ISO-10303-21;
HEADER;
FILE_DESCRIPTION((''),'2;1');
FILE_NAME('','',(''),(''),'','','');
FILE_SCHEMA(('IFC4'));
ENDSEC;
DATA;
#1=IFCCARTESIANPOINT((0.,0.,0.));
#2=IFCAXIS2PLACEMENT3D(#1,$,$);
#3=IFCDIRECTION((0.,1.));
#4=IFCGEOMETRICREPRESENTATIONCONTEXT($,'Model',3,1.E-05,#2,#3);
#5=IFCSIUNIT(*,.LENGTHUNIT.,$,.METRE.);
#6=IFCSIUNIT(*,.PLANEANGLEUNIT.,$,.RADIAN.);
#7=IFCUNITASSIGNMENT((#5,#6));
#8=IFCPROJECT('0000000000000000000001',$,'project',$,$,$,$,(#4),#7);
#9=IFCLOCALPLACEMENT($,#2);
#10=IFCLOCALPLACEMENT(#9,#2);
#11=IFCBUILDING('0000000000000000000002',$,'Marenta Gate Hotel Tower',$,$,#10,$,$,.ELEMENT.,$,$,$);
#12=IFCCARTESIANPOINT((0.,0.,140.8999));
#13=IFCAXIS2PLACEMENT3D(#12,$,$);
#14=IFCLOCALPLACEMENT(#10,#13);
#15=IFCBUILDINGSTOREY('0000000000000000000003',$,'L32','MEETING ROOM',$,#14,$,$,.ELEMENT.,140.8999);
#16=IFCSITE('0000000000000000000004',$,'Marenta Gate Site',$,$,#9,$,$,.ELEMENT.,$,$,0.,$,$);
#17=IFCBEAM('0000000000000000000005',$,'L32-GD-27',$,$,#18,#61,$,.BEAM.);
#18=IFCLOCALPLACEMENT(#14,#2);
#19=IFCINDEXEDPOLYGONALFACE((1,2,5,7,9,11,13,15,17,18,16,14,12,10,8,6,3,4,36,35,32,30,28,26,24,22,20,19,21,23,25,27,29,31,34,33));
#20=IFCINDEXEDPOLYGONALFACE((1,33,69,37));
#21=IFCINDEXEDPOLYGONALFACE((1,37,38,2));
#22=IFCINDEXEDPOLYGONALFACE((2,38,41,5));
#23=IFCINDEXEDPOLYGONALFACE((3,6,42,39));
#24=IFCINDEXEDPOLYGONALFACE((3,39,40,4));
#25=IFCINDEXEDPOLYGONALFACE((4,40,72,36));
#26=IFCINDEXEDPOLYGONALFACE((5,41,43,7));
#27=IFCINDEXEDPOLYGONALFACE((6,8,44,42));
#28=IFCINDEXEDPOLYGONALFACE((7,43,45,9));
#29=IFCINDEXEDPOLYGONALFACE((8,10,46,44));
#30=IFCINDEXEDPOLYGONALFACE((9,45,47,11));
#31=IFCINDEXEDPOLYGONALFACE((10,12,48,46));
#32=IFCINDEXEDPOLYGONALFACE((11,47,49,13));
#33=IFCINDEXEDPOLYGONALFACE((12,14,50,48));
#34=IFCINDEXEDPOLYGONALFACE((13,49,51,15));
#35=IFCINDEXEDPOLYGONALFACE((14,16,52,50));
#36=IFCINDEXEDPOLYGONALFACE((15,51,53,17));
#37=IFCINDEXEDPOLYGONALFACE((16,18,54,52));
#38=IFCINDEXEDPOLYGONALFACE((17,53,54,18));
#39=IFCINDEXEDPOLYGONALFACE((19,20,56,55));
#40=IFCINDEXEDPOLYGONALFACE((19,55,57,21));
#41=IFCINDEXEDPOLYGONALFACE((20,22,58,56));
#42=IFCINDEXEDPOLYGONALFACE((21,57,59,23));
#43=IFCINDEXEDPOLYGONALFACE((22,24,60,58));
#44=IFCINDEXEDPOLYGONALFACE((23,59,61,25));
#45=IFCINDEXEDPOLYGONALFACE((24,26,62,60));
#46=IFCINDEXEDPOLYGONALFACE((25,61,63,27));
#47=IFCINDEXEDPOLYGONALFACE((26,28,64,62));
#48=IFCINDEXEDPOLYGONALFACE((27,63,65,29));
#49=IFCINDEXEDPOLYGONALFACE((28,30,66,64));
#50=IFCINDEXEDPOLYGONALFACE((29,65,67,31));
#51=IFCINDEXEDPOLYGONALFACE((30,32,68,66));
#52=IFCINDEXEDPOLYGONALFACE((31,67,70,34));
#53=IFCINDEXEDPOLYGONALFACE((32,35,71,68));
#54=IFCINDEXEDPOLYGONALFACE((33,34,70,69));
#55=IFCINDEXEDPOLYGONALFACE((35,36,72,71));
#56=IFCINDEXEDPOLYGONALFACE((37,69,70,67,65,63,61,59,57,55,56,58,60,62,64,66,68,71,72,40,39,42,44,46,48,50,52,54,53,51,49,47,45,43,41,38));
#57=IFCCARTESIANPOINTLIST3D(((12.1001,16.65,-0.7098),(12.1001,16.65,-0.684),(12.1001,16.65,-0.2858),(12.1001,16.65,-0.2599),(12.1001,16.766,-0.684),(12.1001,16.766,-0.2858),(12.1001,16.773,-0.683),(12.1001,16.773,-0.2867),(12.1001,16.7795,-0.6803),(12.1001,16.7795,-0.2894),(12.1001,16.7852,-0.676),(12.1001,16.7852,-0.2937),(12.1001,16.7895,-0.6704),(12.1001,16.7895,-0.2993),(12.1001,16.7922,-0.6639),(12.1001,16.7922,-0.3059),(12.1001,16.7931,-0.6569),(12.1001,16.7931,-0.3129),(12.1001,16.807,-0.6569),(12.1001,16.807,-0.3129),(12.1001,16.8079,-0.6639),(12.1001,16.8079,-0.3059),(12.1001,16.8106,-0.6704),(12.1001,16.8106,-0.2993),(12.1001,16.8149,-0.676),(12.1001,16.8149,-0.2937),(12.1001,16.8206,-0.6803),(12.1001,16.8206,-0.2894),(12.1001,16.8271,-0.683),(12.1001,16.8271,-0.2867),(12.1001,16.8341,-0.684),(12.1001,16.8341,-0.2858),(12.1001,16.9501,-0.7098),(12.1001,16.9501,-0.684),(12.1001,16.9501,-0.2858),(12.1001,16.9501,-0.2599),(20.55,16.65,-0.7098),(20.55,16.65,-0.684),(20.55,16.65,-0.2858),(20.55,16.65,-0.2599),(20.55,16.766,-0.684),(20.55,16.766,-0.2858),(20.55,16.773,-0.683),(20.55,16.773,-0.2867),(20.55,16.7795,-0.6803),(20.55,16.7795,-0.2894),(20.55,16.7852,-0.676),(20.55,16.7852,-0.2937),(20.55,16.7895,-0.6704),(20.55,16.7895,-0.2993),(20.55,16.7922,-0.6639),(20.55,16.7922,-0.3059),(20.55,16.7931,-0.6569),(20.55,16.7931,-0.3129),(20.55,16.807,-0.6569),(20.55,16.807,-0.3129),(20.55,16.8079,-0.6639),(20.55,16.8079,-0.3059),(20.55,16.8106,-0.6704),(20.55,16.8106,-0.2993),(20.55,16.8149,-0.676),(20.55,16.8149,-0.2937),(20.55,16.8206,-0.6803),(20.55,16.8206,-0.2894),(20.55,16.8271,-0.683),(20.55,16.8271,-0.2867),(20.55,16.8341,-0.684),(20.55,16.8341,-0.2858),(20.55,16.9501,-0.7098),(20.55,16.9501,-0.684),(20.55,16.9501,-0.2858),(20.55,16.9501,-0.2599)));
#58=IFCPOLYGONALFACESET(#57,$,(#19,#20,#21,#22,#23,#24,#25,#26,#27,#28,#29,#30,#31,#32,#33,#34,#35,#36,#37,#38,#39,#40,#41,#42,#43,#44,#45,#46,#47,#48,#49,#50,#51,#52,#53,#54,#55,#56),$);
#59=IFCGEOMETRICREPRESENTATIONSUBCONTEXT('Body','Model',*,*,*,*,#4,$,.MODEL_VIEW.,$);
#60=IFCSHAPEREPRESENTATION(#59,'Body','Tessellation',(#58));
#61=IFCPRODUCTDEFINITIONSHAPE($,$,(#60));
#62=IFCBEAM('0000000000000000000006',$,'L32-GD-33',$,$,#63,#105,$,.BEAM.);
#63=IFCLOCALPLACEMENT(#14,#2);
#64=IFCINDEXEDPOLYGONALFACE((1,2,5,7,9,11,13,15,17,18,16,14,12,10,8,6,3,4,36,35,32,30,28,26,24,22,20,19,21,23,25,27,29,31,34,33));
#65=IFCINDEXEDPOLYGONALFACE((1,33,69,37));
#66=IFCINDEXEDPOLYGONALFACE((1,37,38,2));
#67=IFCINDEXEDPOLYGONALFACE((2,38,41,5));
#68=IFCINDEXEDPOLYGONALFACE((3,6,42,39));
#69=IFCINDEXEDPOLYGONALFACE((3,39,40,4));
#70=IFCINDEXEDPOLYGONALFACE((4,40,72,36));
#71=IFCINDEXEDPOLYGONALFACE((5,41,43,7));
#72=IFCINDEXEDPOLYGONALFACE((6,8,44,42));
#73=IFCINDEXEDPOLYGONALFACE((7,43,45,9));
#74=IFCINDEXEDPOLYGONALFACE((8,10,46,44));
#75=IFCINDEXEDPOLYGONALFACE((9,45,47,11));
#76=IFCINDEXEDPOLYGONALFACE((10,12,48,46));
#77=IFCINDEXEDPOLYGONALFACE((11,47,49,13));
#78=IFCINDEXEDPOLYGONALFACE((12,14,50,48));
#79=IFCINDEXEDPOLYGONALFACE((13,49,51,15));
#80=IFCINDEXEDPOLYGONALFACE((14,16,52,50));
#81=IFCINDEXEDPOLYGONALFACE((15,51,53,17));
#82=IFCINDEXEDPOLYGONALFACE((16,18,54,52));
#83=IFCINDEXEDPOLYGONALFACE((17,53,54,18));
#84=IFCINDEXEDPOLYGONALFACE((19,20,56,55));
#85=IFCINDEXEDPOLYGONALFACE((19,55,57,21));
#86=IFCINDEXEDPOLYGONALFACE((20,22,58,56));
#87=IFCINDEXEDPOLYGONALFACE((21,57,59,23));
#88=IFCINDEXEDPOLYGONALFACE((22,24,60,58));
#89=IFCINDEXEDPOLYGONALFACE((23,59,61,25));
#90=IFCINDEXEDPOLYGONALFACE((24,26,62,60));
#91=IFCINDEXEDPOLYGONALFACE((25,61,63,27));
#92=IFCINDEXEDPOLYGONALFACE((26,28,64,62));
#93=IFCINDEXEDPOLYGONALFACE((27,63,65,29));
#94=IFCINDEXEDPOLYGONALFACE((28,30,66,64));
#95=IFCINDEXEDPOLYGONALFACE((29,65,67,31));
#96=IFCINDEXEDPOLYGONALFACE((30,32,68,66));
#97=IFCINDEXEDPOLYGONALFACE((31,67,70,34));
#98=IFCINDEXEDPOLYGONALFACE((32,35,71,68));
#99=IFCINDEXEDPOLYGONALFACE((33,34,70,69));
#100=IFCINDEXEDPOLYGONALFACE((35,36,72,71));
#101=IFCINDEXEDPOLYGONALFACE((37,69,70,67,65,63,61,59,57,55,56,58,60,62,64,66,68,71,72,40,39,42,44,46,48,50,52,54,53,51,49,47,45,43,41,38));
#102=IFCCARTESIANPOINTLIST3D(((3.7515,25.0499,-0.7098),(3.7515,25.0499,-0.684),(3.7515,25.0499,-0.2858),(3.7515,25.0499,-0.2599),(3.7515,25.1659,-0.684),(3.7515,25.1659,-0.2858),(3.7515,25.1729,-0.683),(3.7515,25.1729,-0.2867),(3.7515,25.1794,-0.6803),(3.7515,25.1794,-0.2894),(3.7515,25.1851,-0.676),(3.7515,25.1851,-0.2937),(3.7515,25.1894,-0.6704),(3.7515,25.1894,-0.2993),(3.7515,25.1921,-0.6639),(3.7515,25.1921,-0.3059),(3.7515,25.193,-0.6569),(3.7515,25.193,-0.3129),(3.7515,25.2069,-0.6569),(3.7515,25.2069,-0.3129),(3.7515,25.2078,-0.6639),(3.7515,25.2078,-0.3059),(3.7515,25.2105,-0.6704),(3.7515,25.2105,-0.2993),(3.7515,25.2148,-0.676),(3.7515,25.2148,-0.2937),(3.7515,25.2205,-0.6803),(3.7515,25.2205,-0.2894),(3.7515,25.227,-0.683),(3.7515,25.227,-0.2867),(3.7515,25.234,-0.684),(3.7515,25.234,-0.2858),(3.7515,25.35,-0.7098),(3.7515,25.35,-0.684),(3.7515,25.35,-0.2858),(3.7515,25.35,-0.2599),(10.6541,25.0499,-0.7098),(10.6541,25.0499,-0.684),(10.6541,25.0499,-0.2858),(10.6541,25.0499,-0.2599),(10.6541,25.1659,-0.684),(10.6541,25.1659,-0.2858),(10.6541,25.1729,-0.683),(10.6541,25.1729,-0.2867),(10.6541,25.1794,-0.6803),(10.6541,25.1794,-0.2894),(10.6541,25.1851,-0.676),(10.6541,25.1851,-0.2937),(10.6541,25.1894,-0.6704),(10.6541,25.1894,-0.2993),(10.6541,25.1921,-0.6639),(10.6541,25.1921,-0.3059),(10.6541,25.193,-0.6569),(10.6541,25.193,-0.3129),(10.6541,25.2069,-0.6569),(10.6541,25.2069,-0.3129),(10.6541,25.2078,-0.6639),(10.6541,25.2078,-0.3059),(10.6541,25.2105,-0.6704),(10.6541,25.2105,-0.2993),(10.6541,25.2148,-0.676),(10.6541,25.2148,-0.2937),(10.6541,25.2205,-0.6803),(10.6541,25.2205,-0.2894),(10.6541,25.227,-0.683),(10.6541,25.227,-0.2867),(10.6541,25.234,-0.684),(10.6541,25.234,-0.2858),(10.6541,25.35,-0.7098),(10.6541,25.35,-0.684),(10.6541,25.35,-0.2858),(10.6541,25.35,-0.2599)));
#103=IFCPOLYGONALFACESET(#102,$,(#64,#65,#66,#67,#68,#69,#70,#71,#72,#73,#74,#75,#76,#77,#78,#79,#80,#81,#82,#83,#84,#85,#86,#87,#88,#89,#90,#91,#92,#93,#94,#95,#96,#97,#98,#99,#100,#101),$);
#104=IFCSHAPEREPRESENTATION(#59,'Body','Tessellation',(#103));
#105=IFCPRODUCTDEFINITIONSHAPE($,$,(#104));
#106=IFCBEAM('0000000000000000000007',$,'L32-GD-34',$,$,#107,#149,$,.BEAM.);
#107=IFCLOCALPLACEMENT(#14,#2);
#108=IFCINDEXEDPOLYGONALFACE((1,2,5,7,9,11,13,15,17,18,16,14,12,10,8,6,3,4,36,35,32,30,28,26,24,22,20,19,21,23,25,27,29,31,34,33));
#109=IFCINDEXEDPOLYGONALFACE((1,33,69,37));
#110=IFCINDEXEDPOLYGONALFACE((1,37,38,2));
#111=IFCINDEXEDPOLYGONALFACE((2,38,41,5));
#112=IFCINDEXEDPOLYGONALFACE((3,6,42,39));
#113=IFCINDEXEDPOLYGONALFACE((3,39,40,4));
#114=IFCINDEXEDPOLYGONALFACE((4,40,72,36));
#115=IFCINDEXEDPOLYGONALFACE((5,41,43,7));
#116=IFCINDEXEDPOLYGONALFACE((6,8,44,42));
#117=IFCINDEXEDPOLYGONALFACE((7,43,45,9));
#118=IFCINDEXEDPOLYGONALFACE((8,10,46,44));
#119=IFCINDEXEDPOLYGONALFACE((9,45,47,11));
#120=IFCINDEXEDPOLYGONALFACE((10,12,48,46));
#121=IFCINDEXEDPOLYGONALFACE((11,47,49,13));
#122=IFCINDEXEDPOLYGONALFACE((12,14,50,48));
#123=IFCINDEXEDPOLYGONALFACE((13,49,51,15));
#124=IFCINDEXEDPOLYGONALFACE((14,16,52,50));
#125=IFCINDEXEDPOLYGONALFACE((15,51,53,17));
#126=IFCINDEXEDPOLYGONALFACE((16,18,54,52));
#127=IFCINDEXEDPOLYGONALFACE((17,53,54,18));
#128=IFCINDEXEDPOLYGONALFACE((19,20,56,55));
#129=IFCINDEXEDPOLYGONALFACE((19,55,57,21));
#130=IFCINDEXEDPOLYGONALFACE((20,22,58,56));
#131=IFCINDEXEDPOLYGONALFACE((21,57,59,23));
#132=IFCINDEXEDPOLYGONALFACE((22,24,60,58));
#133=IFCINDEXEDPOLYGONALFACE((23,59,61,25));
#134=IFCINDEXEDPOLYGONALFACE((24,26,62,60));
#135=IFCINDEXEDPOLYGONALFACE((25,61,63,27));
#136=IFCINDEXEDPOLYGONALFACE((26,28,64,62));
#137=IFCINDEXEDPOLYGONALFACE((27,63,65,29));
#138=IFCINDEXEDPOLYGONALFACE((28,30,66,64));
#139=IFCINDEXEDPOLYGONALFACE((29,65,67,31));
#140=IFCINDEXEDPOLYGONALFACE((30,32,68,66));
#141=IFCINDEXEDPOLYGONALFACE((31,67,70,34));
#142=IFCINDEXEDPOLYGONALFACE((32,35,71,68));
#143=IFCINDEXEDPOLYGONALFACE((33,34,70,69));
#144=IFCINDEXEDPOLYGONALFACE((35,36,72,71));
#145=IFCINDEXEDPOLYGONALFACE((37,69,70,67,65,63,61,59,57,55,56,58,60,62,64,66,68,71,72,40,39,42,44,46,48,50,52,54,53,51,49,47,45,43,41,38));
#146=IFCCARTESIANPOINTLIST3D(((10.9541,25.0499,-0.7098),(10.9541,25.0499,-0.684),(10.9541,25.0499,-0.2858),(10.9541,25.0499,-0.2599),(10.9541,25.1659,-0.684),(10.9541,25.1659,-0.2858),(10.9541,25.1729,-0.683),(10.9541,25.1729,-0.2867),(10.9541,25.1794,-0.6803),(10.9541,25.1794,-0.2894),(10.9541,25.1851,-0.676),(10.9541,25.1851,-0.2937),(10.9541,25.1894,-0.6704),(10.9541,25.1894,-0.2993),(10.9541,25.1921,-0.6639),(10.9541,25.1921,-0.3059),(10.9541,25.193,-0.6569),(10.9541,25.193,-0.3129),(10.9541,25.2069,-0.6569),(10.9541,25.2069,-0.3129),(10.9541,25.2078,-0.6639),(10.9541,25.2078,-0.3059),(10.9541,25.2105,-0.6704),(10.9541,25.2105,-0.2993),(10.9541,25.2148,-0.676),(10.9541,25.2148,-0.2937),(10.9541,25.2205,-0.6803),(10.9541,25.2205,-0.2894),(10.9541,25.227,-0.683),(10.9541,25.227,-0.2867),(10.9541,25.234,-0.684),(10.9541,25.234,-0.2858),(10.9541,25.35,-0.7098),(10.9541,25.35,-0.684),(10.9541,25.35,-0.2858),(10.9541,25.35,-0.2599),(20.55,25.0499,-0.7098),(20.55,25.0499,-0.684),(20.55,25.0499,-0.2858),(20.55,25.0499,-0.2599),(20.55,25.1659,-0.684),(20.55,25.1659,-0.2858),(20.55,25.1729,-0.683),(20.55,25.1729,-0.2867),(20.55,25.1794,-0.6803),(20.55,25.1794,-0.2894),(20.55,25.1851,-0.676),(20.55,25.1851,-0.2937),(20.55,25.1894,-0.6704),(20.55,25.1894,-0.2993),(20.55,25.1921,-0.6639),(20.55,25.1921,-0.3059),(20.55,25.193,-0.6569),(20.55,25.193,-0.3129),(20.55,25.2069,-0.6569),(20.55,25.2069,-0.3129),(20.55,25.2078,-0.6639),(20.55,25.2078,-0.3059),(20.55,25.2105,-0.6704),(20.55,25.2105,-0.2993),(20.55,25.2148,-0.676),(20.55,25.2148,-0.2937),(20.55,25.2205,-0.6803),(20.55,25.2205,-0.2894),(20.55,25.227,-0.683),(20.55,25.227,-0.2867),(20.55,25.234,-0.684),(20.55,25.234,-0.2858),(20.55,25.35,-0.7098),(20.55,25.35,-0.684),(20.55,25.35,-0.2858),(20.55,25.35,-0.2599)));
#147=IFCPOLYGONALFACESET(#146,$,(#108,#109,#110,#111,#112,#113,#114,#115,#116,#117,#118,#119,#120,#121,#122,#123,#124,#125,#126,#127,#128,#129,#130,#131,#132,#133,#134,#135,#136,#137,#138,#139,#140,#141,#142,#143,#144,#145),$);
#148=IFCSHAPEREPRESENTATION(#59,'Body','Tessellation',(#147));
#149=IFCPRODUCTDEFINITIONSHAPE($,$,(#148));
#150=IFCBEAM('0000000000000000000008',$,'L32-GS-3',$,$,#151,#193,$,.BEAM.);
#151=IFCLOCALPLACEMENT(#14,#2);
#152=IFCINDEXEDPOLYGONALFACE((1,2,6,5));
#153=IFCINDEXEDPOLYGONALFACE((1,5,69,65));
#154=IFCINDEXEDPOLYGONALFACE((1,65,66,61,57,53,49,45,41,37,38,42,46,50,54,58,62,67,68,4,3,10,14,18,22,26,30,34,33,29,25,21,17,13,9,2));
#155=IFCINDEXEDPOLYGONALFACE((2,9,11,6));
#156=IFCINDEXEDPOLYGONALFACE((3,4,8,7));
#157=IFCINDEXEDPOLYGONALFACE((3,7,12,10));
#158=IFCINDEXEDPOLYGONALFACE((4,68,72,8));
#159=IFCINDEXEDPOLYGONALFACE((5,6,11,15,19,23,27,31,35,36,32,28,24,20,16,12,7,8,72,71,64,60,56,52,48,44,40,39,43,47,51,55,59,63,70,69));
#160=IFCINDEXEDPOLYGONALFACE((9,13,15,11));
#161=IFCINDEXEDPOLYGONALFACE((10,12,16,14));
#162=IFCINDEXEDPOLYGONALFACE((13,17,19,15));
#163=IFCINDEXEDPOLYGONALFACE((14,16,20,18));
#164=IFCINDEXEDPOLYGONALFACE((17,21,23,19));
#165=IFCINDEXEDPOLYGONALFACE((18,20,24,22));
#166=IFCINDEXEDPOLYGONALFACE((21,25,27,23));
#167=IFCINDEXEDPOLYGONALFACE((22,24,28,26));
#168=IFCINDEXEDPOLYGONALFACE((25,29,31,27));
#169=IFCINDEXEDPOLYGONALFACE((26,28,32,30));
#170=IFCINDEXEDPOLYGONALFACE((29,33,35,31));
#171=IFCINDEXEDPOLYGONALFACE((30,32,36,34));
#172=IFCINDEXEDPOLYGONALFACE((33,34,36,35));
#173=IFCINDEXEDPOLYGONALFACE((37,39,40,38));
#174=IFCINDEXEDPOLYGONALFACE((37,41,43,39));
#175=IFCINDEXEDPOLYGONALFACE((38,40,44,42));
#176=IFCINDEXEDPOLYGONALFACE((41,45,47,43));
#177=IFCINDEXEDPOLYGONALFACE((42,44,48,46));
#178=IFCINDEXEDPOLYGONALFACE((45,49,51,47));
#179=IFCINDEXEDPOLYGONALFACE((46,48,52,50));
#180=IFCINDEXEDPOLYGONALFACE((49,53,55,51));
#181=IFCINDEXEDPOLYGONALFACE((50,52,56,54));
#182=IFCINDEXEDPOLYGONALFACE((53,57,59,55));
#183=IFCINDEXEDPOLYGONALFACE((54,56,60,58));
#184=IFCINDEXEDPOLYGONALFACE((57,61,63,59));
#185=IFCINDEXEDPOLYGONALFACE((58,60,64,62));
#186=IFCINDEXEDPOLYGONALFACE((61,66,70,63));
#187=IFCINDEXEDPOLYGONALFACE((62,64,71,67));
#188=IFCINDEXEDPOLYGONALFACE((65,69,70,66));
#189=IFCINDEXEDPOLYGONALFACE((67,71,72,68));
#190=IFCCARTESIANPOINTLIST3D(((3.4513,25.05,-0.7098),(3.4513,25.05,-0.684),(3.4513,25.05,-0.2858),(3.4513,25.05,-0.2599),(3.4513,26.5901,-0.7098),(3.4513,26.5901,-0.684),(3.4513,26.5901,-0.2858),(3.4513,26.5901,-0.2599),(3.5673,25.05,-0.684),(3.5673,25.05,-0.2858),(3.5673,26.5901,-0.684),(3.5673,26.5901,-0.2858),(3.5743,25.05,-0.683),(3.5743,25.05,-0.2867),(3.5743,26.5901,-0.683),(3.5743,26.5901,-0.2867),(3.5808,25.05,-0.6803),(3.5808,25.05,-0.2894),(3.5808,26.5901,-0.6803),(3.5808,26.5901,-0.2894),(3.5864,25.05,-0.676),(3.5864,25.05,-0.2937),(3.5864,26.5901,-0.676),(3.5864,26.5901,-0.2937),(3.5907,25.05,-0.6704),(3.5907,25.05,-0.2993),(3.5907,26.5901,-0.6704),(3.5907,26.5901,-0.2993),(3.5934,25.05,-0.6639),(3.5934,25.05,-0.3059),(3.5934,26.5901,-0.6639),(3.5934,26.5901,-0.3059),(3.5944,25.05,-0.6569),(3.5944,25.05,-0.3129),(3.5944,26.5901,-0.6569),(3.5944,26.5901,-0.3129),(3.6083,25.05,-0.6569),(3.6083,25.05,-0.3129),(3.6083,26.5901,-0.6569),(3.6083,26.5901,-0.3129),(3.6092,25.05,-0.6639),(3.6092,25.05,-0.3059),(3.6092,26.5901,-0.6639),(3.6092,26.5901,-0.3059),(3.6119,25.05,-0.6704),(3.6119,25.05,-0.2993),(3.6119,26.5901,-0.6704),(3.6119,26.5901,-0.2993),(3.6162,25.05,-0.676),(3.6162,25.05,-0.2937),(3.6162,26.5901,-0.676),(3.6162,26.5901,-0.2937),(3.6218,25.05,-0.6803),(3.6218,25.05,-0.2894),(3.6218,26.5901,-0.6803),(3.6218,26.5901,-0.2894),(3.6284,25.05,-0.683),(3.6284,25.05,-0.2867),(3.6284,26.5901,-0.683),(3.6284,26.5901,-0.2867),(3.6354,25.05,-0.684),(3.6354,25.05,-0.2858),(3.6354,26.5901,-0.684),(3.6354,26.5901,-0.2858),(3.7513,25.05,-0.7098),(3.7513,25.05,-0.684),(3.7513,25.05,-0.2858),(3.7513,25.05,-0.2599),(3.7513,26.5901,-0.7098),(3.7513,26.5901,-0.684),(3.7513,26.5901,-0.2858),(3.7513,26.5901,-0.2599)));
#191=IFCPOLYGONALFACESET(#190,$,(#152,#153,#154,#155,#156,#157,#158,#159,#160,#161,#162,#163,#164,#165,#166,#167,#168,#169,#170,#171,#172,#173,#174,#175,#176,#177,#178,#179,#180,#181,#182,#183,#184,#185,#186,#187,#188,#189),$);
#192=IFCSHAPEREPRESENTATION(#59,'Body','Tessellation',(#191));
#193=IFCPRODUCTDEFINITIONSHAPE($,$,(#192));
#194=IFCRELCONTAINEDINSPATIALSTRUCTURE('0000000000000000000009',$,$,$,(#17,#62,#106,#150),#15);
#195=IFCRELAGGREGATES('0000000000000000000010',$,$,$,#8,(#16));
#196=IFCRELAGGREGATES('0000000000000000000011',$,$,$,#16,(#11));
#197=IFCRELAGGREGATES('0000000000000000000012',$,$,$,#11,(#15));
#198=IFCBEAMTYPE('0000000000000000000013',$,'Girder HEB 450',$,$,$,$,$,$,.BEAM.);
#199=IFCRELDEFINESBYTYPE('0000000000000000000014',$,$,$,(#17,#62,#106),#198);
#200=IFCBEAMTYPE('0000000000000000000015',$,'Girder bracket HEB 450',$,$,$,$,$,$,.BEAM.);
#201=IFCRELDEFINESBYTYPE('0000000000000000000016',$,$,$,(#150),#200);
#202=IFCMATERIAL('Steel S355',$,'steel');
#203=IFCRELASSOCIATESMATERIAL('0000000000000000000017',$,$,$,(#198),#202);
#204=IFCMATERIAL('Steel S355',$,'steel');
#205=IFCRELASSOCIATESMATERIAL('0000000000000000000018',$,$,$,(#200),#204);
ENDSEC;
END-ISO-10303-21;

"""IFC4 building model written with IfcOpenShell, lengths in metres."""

from ifc_helpers import new_model, si_unit, direction, frame, origin, origin_2d, place, context, subcontext, project, spatial, i_section, extrude, material, material_profile, profile_set, type_object, element, save


model = new_model("IFC4")

# Units and contexts
model_context = context("Model", 3, precision=1e-05, world=origin(), true_north=direction((0.0, 1.0)))
body_context = subcontext(model_context, "Body", "Model", "MODEL_VIEW")
ifc_project = project(units=[si_unit("LENGTHUNIT", "METRE"), si_unit("PLANEANGLEUNIT", "RADIAN")], contexts=[model_context])

# Site, building, storey
site_placement = place(None, origin())
site = spatial("IfcSite", under=ifc_project, at=site_placement, Name="Marenta Gate Site", CompositionType="ELEMENT", RefElevation=0.0)
building_placement = place(site_placement, origin())
building = spatial("IfcBuilding", under=site, at=building_placement, Name="Marenta Gate Hotel Tower", CompositionType="ELEMENT")
storey_placement = place(building_placement, frame((0.0, 0.0, 140.8999)))
storey = spatial("IfcBuildingStorey", under=building, at=storey_placement, Name="L32", Description="MEETING ROOM", CompositionType="ELEMENT", Elevation=140.8999)

# Beams
ifc_material_1 = material(Name="Steel S355", Category="steel")
ifc_material_profile_1 = material_profile(ifc_material_1, i_section(OverallWidth=0.3, OverallDepth=0.45, WebThickness=0.0139, FlangeThickness=0.0259, FilletRadius=0.0271, at=origin_2d()), Name="HEB 450")
ifc_profile_set_1 = profile_set([ifc_material_profile_1], Name="Steel S355")
beam_type_1 = type_object("IfcBeamType", Name="Girder HEB 450", PredefinedType="BEAM", material=ifc_profile_set_1)
beam_1_placement = place(storey_placement, frame((12.1001, 16.8, -0.4849), z_axis=(1.0, 0.0, 0.0), x_axis=(0.0, 1.0, 0.0)))
element("IfcBeam", 1, at=beam_1_placement, inside=storey, type_object=beam_type_1, Name="L32-GD-27", PredefinedType="BEAM", context=body_context, shape_type="SweptSolid", body=[
    extrude(i_section(OverallWidth=0.3, OverallDepth=0.45, WebThickness=0.0139, FlangeThickness=0.0259, FilletRadius=0.0271, at=origin_2d()), origin(), (0.0, 0.0, 1.0), 8.45),
])
beam_2_placement = place(storey_placement, frame((3.7515, 25.2, -0.4849), z_axis=(1.0, 0.0, 0.0), x_axis=(0.0, 1.0, 0.0)))
element("IfcBeam", 2, at=beam_2_placement, inside=storey, type_object=beam_type_1, Name="L32-GD-33", PredefinedType="BEAM", context=body_context, shape_type="SweptSolid", body=[
    extrude(i_section(OverallWidth=0.3, OverallDepth=0.45, WebThickness=0.0139, FlangeThickness=0.0259, FilletRadius=0.0271, at=origin_2d()), origin(), (0.0, 0.0, 1.0), 6.9026),
])
beam_3_placement = place(storey_placement, frame((10.9541, 25.2, -0.4849), z_axis=(1.0, 0.0, 0.0), x_axis=(0.0, 1.0, 0.0)))
element("IfcBeam", 3, at=beam_3_placement, inside=storey, type_object=beam_type_1, Name="L32-GD-34", PredefinedType="BEAM", context=body_context, shape_type="SweptSolid", body=[
    extrude(i_section(OverallWidth=0.3, OverallDepth=0.45, WebThickness=0.0139, FlangeThickness=0.0259, FilletRadius=0.0271, at=origin_2d()), origin(), (0.0, 0.0, 1.0), 9.5959),
])
ifc_material_2 = material(Name="Steel S355", Category="steel")
ifc_material_profile_2 = material_profile(ifc_material_2, i_section(OverallWidth=0.3, OverallDepth=0.45, WebThickness=0.0139, FlangeThickness=0.0259, FilletRadius=0.0271, at=origin_2d()), Name="HEB 450")
ifc_profile_set_2 = profile_set([ifc_material_profile_2], Name="Steel S355")
beam_type_2 = type_object("IfcBeamType", Name="Girder bracket HEB 450", PredefinedType="BEAM", material=ifc_profile_set_2)
for number, where, z_axis, x_axis, name in (
    (4, (3.6013, 25.05, -0.4849), (0.0, 1.0, 0.0), (-1.0, 0.0, 0.0), "L32-GS-3"),
):
    element("IfcBeam", number, at=place(storey_placement, frame(where, z_axis=z_axis, x_axis=x_axis)), inside=storey, type_object=beam_type_2, Name=name, PredefinedType="BEAM", context=body_context, shape_type="SweptSolid", body=[
        extrude(i_section(OverallWidth=0.3, OverallDepth=0.45, WebThickness=0.0139, FlangeThickness=0.0259, FilletRadius=0.0271, at=origin_2d()), origin(), (0.0, 0.0, 1.0), 1.54),
    ])

save(model, "model.ifc")
